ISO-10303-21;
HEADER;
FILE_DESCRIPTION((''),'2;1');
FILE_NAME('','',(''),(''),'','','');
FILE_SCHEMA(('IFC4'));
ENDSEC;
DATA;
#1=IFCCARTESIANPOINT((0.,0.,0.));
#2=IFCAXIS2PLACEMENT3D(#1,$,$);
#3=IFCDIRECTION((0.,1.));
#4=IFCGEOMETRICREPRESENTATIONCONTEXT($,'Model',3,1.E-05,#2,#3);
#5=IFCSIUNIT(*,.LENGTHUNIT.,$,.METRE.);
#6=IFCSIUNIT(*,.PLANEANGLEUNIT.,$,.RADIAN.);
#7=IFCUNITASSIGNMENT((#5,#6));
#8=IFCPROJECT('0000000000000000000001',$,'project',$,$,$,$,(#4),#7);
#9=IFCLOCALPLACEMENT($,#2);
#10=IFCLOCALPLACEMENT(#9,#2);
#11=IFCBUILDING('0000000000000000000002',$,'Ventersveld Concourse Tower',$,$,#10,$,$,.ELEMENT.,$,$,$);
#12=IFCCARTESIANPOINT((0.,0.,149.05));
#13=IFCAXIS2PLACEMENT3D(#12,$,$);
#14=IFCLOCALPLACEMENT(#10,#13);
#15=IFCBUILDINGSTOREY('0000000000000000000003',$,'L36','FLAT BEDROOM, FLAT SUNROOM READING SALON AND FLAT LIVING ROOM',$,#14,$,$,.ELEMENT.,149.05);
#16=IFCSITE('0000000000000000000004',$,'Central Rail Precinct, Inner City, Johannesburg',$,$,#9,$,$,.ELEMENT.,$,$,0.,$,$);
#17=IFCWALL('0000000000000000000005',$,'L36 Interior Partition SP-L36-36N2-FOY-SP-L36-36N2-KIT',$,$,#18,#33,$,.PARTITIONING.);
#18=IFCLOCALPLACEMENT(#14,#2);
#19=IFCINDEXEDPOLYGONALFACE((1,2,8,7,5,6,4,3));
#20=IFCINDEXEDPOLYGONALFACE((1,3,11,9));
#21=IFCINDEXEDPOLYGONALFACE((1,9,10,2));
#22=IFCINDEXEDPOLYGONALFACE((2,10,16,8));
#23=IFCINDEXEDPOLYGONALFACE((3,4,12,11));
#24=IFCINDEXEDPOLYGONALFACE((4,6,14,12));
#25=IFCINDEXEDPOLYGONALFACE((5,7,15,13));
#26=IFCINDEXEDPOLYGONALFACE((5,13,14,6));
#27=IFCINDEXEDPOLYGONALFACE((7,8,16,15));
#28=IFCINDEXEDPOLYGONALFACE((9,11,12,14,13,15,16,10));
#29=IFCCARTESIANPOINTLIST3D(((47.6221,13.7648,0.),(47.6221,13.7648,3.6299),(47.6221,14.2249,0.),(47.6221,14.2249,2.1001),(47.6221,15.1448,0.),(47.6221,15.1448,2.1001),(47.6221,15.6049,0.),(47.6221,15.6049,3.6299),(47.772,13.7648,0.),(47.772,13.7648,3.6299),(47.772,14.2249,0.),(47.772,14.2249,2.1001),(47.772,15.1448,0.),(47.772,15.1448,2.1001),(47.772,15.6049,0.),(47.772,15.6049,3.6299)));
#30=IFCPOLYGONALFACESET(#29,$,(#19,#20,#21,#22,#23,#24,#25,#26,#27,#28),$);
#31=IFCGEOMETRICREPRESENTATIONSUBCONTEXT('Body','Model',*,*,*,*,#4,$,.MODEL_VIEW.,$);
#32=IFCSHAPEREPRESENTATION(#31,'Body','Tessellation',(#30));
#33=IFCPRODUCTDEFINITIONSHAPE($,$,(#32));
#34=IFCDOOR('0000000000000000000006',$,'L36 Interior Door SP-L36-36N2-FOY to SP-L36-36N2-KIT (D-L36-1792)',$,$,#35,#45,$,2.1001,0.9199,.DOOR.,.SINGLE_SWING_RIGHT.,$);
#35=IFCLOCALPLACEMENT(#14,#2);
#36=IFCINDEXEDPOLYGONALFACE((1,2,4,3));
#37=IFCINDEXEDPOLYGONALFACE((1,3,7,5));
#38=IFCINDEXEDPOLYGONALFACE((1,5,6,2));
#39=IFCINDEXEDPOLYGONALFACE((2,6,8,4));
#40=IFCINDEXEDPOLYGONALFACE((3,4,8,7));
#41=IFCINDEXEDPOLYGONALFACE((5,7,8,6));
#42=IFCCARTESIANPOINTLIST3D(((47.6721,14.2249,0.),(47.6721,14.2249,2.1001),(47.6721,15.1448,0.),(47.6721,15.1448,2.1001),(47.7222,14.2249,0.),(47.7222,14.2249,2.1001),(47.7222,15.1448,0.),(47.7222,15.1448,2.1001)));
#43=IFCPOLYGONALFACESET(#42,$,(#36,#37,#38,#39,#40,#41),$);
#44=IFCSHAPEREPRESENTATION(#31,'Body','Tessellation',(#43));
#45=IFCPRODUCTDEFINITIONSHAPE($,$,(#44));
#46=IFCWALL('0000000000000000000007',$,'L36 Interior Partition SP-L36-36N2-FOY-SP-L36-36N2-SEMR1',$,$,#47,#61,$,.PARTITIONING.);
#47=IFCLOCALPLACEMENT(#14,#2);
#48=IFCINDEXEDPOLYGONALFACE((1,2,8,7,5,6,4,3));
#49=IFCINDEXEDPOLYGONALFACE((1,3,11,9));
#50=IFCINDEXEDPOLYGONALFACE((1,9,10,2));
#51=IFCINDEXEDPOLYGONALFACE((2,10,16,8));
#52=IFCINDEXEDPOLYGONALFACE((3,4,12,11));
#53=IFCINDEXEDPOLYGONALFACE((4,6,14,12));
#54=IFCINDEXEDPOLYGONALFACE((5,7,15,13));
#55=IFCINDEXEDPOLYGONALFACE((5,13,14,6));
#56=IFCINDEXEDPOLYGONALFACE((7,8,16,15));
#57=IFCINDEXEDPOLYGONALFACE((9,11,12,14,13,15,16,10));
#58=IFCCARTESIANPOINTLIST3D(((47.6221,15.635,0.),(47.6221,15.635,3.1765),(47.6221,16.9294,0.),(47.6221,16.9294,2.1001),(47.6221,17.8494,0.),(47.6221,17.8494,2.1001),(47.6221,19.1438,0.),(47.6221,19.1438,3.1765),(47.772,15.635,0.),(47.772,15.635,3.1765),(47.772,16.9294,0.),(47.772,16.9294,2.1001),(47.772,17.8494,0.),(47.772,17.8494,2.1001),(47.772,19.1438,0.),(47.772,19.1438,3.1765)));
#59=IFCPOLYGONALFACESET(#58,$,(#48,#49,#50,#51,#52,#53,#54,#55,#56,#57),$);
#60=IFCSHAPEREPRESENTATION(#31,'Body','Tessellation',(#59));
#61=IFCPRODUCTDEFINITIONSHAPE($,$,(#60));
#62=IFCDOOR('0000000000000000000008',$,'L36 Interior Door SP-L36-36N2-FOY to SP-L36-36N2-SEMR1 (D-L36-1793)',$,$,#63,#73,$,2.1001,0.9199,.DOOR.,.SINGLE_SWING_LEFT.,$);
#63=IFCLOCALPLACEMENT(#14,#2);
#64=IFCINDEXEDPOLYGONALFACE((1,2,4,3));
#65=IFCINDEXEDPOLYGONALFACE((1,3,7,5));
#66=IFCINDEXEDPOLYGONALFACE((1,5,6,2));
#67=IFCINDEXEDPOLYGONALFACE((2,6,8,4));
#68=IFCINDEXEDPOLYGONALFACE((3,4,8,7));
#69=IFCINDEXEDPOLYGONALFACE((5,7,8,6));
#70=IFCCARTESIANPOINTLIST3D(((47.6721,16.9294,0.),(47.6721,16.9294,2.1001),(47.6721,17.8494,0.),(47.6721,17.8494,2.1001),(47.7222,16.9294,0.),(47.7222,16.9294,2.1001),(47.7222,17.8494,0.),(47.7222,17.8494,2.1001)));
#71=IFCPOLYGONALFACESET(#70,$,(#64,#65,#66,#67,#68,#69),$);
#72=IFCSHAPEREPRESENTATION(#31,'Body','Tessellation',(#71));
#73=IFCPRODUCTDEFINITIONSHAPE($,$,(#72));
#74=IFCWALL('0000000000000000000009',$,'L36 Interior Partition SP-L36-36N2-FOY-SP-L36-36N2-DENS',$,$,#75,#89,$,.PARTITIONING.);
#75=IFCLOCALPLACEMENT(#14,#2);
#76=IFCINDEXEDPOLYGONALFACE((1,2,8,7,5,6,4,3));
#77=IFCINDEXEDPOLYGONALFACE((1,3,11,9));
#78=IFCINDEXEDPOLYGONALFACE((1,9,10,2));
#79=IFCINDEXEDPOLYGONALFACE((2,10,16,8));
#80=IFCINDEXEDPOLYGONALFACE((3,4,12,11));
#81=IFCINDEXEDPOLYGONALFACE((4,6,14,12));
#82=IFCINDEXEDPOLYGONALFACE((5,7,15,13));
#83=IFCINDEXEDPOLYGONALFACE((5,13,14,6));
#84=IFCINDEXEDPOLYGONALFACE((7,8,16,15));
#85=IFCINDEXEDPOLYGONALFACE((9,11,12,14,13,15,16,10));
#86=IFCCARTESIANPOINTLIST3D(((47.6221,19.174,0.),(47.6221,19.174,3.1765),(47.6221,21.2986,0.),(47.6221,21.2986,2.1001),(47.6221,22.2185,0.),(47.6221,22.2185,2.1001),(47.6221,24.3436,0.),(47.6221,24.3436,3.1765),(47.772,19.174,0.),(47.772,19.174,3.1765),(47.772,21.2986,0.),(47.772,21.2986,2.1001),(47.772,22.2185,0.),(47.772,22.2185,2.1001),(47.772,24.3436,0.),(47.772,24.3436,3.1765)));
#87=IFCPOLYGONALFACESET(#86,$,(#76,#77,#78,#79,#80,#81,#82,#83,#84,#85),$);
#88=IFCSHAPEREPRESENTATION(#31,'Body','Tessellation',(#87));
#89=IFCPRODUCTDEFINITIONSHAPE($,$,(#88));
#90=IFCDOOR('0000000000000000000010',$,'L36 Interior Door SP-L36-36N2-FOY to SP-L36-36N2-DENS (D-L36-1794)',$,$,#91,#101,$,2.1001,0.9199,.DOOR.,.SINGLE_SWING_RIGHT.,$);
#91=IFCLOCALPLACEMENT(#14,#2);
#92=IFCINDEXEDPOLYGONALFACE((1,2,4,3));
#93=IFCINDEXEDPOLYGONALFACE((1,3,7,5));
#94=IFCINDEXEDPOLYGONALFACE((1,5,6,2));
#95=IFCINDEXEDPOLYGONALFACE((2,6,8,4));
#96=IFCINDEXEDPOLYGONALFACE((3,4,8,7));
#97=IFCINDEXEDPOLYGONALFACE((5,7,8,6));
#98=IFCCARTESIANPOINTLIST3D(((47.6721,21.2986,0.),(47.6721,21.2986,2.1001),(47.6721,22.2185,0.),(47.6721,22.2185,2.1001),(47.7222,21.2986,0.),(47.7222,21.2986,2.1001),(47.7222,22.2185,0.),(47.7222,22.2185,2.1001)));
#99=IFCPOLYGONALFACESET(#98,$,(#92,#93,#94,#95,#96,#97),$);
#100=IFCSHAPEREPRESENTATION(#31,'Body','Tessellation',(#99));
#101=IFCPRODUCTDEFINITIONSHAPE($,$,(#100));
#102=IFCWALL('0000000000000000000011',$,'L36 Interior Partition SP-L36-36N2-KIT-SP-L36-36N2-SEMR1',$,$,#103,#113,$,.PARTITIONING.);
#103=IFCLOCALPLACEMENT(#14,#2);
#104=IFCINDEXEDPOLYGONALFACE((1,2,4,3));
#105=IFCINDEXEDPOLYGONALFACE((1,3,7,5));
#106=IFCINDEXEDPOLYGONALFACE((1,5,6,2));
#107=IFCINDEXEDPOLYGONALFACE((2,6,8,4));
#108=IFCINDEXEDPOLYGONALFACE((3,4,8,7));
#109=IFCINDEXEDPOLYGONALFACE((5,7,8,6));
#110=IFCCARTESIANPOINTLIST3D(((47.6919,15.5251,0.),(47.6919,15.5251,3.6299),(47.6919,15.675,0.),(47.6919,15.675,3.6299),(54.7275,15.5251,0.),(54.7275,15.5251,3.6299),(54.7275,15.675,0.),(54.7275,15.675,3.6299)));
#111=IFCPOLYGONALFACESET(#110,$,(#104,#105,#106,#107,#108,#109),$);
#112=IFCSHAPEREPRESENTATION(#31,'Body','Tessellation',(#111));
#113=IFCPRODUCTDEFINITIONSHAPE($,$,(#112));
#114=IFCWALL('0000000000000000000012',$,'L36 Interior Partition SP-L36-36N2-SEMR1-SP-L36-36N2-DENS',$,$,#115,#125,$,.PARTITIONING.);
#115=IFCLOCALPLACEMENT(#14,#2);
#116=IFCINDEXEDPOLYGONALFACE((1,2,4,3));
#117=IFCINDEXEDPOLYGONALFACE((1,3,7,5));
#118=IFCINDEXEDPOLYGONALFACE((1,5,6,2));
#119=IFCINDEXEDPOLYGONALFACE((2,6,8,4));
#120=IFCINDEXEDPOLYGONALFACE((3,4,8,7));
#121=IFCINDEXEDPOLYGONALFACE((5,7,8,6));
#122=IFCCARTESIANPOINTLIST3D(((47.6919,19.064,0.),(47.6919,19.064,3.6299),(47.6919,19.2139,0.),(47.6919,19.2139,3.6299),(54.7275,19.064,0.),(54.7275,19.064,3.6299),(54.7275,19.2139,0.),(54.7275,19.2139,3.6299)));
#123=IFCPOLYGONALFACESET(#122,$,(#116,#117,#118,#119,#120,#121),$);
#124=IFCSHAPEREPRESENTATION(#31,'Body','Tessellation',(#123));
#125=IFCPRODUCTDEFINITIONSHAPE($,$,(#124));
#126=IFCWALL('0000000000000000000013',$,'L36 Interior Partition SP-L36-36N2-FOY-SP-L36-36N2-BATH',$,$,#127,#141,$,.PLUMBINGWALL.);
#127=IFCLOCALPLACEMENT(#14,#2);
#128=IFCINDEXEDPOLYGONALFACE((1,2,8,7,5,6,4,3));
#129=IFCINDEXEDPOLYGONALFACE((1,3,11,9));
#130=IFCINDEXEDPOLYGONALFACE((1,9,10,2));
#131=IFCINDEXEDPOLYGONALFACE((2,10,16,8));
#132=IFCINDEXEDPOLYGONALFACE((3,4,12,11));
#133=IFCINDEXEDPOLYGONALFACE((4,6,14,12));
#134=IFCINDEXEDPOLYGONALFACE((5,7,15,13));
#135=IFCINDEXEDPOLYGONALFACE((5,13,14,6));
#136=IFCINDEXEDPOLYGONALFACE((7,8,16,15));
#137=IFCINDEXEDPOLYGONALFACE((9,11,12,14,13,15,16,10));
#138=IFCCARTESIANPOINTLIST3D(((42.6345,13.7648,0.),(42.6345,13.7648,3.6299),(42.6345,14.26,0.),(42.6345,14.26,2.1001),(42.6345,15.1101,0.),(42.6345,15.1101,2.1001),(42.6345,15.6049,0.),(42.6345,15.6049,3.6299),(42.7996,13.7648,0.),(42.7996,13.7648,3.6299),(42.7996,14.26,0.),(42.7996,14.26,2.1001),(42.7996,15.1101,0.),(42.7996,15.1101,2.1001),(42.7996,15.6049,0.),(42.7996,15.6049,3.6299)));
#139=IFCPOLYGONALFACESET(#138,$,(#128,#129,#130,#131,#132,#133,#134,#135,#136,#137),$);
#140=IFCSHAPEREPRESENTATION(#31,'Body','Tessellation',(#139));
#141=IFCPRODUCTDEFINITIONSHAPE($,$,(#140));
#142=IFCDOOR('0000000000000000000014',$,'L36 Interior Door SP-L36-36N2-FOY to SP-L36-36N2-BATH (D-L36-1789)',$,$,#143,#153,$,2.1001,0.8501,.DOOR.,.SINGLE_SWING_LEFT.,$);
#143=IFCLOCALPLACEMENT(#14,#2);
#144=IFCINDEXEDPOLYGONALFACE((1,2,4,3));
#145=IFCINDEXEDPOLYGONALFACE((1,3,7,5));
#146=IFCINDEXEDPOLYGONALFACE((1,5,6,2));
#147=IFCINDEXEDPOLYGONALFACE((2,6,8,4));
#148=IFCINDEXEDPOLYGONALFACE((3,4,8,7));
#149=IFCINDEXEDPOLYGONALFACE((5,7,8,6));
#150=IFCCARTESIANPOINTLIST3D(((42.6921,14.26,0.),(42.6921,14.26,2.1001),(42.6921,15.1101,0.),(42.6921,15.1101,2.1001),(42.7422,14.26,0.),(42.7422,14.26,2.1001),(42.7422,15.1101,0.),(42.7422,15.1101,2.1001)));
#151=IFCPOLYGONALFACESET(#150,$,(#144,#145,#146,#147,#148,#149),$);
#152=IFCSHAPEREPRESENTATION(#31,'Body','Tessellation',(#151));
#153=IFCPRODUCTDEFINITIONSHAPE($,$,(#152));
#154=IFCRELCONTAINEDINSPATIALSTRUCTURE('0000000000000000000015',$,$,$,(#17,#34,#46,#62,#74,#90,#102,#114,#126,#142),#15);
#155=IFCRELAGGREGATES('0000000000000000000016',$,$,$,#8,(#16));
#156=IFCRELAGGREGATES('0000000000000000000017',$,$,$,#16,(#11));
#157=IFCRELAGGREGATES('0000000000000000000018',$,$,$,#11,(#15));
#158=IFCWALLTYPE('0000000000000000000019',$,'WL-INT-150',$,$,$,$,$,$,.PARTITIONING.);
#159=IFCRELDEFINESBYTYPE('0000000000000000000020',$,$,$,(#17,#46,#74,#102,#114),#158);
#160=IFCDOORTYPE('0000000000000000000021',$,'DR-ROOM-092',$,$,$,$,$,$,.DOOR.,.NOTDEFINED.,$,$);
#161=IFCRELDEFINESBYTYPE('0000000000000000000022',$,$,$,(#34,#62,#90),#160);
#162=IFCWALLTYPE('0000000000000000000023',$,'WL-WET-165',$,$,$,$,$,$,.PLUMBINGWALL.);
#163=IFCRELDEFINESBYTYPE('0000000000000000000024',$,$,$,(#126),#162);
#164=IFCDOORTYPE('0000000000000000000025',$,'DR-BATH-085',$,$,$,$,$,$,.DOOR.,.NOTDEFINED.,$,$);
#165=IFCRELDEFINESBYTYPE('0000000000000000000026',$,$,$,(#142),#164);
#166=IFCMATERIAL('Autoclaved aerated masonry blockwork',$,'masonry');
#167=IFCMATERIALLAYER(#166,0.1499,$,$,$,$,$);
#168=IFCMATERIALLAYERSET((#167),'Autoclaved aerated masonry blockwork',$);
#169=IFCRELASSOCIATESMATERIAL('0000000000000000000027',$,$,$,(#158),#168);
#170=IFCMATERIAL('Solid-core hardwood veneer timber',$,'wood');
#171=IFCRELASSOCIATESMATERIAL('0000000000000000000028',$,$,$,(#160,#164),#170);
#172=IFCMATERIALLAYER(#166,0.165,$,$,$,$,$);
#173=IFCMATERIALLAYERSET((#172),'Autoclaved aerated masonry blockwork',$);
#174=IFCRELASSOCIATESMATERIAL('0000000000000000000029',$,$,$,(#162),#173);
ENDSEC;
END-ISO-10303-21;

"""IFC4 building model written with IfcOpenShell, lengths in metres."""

from ifc_helpers import new_model, si_unit, direction, frame, frame_2d, origin, place, context, subcontext, project, spatial, rectangle, extrude, material, layer, layer_set, type_object, element, fill, save


model = new_model("IFC4")

# Units and contexts
model_context = context("Model", 3, precision=1e-05, world=origin(), true_north=direction((0.0, 1.0)))
body_context = subcontext(model_context, "Body", "Model", "MODEL_VIEW")
ifc_project = project(units=[si_unit("LENGTHUNIT", "METRE"), si_unit("PLANEANGLEUNIT", "RADIAN")], contexts=[model_context])

# Site, building, storey
site_placement = place(None, origin())
site = spatial("IfcSite", under=ifc_project, at=site_placement, Name="Central Rail Precinct, Inner City, Johannesburg", CompositionType="ELEMENT", RefElevation=0.0)
building_placement = place(site_placement, origin())
building = spatial("IfcBuilding", under=site, at=building_placement, Name="Ventersveld Concourse Tower", CompositionType="ELEMENT")
storey_placement = place(building_placement, frame((0.0, 0.0, 149.05)))
storey = spatial("IfcBuildingStorey", under=building, at=storey_placement, Name="L36", Description="FLAT BEDROOM, FLAT SUNROOM READING SALON AND FLAT LIVING ROOM", CompositionType="ELEMENT", Elevation=149.05)

# Shared definitions
ifc_material_1 = material(Name="Solid-core hardwood veneer timber", Category="wood")

# Shared definitions
ifc_material_2 = material(Name="Autoclaved aerated masonry blockwork", Category="masonry")
ifc_layer_1 = layer(ifc_material_2, 0.1499)
ifc_layer_set_1 = layer_set([ifc_layer_1], Name="Autoclaved aerated masonry blockwork")
wall_type_1 = type_object("IfcWallType", Name="WL-INT-150", PredefinedType="PARTITIONING", material=ifc_layer_set_1)
door_type_1 = type_object("IfcDoorType", Name="DR-ROOM-092", OperationType="NOTDEFINED", PredefinedType="DOOR", material=ifc_material_1)

# Walls, openings, doors
wall_1_placement = place(storey_placement, frame((47.697, 13.7649, 0.0), z_axis=(0.0, 0.0, 1.0), x_axis=(0.0, 1.0, 0.0)))
wall_1 = element("IfcWall", 1, at=wall_1_placement, inside=storey, type_object=wall_type_1, Name="L36 Interior Partition SP-L36-36N2-FOY-SP-L36-36N2-KIT", PredefinedType="PARTITIONING", context=body_context, shape_type="SweptSolid", body=[
    extrude(rectangle(XDim=1.8401, YDim=0.1499, at=frame_2d((0.9199, 0.0))), origin(), (0.0, 0.0, 1.0), 3.6299),
])
opening_1_placement = place(wall_1_placement, frame((0.46, 0.0, 0.0)))
opening_1 = element("IfcOpeningElement", 2, at=opening_1_placement, cuts=wall_1, PredefinedType="OPENING", context=body_context, shape_type="SweptSolid", body=[
    extrude(rectangle(XDim=0.9199, YDim=2.1001, at=frame_2d((0.46, 1.05))), frame((0.0, 0.085, 0.0), z_axis=(0.0, -1.0, 0.0), x_axis=(1.0, 0.0, 0.0)), (0.0, 0.0, 1.0), 0.1699),
])
door_1_placement = place(opening_1_placement, origin())
door_1 = element("IfcDoor", 3, at=door_1_placement, inside=storey, type_object=door_type_1, Name="L36 Interior Door SP-L36-36N2-FOY to SP-L36-36N2-KIT (D-L36-1792)", OperationType="SINGLE_SWING_RIGHT", OverallHeight=2.1001, OverallWidth=0.9199, PredefinedType="DOOR", context=body_context, shape_type="SweptSolid", body=[
    extrude(rectangle(XDim=0.9199, YDim=2.1001, at=frame_2d((0.46, 1.05))), frame((0.0, 0.0249, 0.0), z_axis=(0.0, -1.0, 0.0), x_axis=(1.0, 0.0, 0.0)), (0.0, 0.0, 1.0), 0.05),
])
fill(opening_1, door_1)
wall_2_placement = place(storey_placement, frame((47.697, 15.635, 0.0), z_axis=(0.0, 0.0, 1.0), x_axis=(0.0, 1.0, 0.0)))
wall_2 = element("IfcWall", 4, at=wall_2_placement, inside=storey, type_object=wall_type_1, Name="L36 Interior Partition SP-L36-36N2-FOY-SP-L36-36N2-SEMR1", PredefinedType="PARTITIONING", context=body_context, shape_type="SweptSolid", body=[
    extrude(rectangle(XDim=3.5088, YDim=0.1499, at=frame_2d((1.7544, 0.0))), origin(), (0.0, 0.0, 1.0), 3.1765),
])
opening_2_placement = place(wall_2_placement, frame((1.2944, 0.0, 0.0)))
opening_2 = element("IfcOpeningElement", 5, at=opening_2_placement, cuts=wall_2, PredefinedType="OPENING", context=body_context, shape_type="SweptSolid", body=[
    extrude(rectangle(XDim=0.9199, YDim=2.1001, at=frame_2d((0.46, 1.05))), frame((0.0, 0.085, 0.0), z_axis=(0.0, -1.0, 0.0), x_axis=(1.0, 0.0, 0.0)), (0.0, 0.0, 1.0), 0.1699),
])
door_2_placement = place(opening_2_placement, origin())
door_2 = element("IfcDoor", 6, at=door_2_placement, inside=storey, type_object=door_type_1, Name="L36 Interior Door SP-L36-36N2-FOY to SP-L36-36N2-SEMR1 (D-L36-1793)", OperationType="SINGLE_SWING_LEFT", OverallHeight=2.1001, OverallWidth=0.9199, PredefinedType="DOOR", context=body_context, shape_type="SweptSolid", body=[
    extrude(rectangle(XDim=0.9199, YDim=2.1001, at=frame_2d((0.46, 1.05))), frame((0.0, 0.0249, 0.0), z_axis=(0.0, -1.0, 0.0), x_axis=(1.0, 0.0, 0.0)), (0.0, 0.0, 1.0), 0.05),
])
fill(opening_2, door_2)
wall_3_placement = place(storey_placement, frame((47.697, 19.1738, 0.0), z_axis=(0.0, 0.0, 1.0), x_axis=(0.0, 1.0, 0.0)))
wall_3 = element("IfcWall", 7, at=wall_3_placement, inside=storey, type_object=wall_type_1, Name="L36 Interior Partition SP-L36-36N2-FOY-SP-L36-36N2-DENS", PredefinedType="PARTITIONING", context=body_context, shape_type="SweptSolid", body=[
    extrude(rectangle(XDim=5.1697, YDim=0.1499, at=frame_2d((2.585, 0.0))), origin(), (0.0, 0.0, 1.0), 3.1765),
])
opening_3_placement = place(wall_3_placement, frame((2.1248, 0.0, 0.0)))
opening_3 = element("IfcOpeningElement", 8, at=opening_3_placement, cuts=wall_3, PredefinedType="OPENING", context=body_context, shape_type="SweptSolid", body=[
    extrude(rectangle(XDim=0.9199, YDim=2.1001, at=frame_2d((0.46, 1.05))), frame((0.0, 0.085, 0.0), z_axis=(0.0, -1.0, 0.0), x_axis=(1.0, 0.0, 0.0)), (0.0, 0.0, 1.0), 0.1699),
])
door_3_placement = place(opening_3_placement, origin())
door_3 = element("IfcDoor", 9, at=door_3_placement, inside=storey, type_object=door_type_1, Name="L36 Interior Door SP-L36-36N2-FOY to SP-L36-36N2-DENS (D-L36-1794)", OperationType="SINGLE_SWING_RIGHT", OverallHeight=2.1001, OverallWidth=0.9199, PredefinedType="DOOR", context=body_context, shape_type="SweptSolid", body=[
    extrude(rectangle(XDim=0.9199, YDim=2.1001, at=frame_2d((0.46, 1.05))), frame((0.0, 0.0249, 0.0), z_axis=(0.0, -1.0, 0.0), x_axis=(1.0, 0.0, 0.0)), (0.0, 0.0, 1.0), 0.05),
])
fill(opening_3, door_3)

# Walls
for number, where, z_axis, x_axis, name in (
    (10, (47.6919, 15.6001, 0.0), (0.0, 0.0, 1.0), (1.0, 0.0, 0.0), "L36 Interior Partition SP-L36-36N2-KIT-SP-L36-36N2-SEMR1"),
    (11, (47.6919, 19.1389, 0.0), (0.0, 0.0, 1.0), (1.0, 0.0, 0.0), "L36 Interior Partition SP-L36-36N2-SEMR1-SP-L36-36N2-DENS"),
):
    element("IfcWall", number, at=place(storey_placement, frame(where, z_axis=z_axis, x_axis=x_axis)), inside=storey, type_object=wall_type_1, Name=name, PredefinedType="PARTITIONING", context=body_context, shape_type="SweptSolid", body=[
        extrude(rectangle(XDim=7.0356, YDim=0.1499, at=frame_2d((3.5178, 0.0))), origin(), (0.0, 0.0, 1.0), 3.6299),
    ])

# Wall, opening, door
ifc_layer_2 = layer(ifc_material_2, 0.165)
ifc_layer_set_2 = layer_set([ifc_layer_2], Name="Autoclaved aerated masonry blockwork")
wall_type_2 = type_object("IfcWallType", Name="WL-WET-165", PredefinedType="PLUMBINGWALL", material=ifc_layer_set_2)
wall_4_placement = place(storey_placement, frame((42.717, 13.7649, 0.0), z_axis=(0.0, 0.0, 1.0), x_axis=(0.0, 1.0, 0.0)))
wall_4 = element("IfcWall", 12, at=wall_4_placement, inside=storey, type_object=wall_type_2, Name="L36 Interior Partition SP-L36-36N2-FOY-SP-L36-36N2-BATH", PredefinedType="PLUMBINGWALL", context=body_context, shape_type="SweptSolid", body=[
    extrude(rectangle(XDim=1.8401, YDim=0.165, at=frame_2d((0.9199, 0.0))), origin(), (0.0, 0.0, 1.0), 3.6299),
])
opening_4_placement = place(wall_4_placement, frame((0.4951, 0.0, 0.0)))
opening_4 = element("IfcOpeningElement", 13, at=opening_4_placement, cuts=wall_4, PredefinedType="OPENING", context=body_context, shape_type="SweptSolid", body=[
    extrude(rectangle(XDim=0.8501, YDim=2.1001, at=frame_2d((0.425, 1.05))), frame((0.0, 0.0925, 0.0), z_axis=(0.0, -1.0, 0.0), x_axis=(1.0, 0.0, 0.0)), (0.0, 0.0, 1.0), 0.1851),
])
door_type_2 = type_object("IfcDoorType", Name="DR-BATH-085", OperationType="NOTDEFINED", PredefinedType="DOOR", material=ifc_material_1)
door_4_placement = place(opening_4_placement, origin())
door_4 = element("IfcDoor", 14, at=door_4_placement, inside=storey, type_object=door_type_2, Name="L36 Interior Door SP-L36-36N2-FOY to SP-L36-36N2-BATH (D-L36-1789)", OperationType="SINGLE_SWING_LEFT", OverallHeight=2.1001, OverallWidth=0.8501, PredefinedType="DOOR", context=body_context, shape_type="SweptSolid", body=[
    extrude(rectangle(XDim=0.8501, YDim=2.1001, at=frame_2d((0.425, 1.05))), frame((0.0, 0.0249, 0.0), z_axis=(0.0, -1.0, 0.0), x_axis=(1.0, 0.0, 0.0)), (0.0, 0.0, 1.0), 0.05),
])
fill(opening_4, door_4)

save(model, "model.ifc")
